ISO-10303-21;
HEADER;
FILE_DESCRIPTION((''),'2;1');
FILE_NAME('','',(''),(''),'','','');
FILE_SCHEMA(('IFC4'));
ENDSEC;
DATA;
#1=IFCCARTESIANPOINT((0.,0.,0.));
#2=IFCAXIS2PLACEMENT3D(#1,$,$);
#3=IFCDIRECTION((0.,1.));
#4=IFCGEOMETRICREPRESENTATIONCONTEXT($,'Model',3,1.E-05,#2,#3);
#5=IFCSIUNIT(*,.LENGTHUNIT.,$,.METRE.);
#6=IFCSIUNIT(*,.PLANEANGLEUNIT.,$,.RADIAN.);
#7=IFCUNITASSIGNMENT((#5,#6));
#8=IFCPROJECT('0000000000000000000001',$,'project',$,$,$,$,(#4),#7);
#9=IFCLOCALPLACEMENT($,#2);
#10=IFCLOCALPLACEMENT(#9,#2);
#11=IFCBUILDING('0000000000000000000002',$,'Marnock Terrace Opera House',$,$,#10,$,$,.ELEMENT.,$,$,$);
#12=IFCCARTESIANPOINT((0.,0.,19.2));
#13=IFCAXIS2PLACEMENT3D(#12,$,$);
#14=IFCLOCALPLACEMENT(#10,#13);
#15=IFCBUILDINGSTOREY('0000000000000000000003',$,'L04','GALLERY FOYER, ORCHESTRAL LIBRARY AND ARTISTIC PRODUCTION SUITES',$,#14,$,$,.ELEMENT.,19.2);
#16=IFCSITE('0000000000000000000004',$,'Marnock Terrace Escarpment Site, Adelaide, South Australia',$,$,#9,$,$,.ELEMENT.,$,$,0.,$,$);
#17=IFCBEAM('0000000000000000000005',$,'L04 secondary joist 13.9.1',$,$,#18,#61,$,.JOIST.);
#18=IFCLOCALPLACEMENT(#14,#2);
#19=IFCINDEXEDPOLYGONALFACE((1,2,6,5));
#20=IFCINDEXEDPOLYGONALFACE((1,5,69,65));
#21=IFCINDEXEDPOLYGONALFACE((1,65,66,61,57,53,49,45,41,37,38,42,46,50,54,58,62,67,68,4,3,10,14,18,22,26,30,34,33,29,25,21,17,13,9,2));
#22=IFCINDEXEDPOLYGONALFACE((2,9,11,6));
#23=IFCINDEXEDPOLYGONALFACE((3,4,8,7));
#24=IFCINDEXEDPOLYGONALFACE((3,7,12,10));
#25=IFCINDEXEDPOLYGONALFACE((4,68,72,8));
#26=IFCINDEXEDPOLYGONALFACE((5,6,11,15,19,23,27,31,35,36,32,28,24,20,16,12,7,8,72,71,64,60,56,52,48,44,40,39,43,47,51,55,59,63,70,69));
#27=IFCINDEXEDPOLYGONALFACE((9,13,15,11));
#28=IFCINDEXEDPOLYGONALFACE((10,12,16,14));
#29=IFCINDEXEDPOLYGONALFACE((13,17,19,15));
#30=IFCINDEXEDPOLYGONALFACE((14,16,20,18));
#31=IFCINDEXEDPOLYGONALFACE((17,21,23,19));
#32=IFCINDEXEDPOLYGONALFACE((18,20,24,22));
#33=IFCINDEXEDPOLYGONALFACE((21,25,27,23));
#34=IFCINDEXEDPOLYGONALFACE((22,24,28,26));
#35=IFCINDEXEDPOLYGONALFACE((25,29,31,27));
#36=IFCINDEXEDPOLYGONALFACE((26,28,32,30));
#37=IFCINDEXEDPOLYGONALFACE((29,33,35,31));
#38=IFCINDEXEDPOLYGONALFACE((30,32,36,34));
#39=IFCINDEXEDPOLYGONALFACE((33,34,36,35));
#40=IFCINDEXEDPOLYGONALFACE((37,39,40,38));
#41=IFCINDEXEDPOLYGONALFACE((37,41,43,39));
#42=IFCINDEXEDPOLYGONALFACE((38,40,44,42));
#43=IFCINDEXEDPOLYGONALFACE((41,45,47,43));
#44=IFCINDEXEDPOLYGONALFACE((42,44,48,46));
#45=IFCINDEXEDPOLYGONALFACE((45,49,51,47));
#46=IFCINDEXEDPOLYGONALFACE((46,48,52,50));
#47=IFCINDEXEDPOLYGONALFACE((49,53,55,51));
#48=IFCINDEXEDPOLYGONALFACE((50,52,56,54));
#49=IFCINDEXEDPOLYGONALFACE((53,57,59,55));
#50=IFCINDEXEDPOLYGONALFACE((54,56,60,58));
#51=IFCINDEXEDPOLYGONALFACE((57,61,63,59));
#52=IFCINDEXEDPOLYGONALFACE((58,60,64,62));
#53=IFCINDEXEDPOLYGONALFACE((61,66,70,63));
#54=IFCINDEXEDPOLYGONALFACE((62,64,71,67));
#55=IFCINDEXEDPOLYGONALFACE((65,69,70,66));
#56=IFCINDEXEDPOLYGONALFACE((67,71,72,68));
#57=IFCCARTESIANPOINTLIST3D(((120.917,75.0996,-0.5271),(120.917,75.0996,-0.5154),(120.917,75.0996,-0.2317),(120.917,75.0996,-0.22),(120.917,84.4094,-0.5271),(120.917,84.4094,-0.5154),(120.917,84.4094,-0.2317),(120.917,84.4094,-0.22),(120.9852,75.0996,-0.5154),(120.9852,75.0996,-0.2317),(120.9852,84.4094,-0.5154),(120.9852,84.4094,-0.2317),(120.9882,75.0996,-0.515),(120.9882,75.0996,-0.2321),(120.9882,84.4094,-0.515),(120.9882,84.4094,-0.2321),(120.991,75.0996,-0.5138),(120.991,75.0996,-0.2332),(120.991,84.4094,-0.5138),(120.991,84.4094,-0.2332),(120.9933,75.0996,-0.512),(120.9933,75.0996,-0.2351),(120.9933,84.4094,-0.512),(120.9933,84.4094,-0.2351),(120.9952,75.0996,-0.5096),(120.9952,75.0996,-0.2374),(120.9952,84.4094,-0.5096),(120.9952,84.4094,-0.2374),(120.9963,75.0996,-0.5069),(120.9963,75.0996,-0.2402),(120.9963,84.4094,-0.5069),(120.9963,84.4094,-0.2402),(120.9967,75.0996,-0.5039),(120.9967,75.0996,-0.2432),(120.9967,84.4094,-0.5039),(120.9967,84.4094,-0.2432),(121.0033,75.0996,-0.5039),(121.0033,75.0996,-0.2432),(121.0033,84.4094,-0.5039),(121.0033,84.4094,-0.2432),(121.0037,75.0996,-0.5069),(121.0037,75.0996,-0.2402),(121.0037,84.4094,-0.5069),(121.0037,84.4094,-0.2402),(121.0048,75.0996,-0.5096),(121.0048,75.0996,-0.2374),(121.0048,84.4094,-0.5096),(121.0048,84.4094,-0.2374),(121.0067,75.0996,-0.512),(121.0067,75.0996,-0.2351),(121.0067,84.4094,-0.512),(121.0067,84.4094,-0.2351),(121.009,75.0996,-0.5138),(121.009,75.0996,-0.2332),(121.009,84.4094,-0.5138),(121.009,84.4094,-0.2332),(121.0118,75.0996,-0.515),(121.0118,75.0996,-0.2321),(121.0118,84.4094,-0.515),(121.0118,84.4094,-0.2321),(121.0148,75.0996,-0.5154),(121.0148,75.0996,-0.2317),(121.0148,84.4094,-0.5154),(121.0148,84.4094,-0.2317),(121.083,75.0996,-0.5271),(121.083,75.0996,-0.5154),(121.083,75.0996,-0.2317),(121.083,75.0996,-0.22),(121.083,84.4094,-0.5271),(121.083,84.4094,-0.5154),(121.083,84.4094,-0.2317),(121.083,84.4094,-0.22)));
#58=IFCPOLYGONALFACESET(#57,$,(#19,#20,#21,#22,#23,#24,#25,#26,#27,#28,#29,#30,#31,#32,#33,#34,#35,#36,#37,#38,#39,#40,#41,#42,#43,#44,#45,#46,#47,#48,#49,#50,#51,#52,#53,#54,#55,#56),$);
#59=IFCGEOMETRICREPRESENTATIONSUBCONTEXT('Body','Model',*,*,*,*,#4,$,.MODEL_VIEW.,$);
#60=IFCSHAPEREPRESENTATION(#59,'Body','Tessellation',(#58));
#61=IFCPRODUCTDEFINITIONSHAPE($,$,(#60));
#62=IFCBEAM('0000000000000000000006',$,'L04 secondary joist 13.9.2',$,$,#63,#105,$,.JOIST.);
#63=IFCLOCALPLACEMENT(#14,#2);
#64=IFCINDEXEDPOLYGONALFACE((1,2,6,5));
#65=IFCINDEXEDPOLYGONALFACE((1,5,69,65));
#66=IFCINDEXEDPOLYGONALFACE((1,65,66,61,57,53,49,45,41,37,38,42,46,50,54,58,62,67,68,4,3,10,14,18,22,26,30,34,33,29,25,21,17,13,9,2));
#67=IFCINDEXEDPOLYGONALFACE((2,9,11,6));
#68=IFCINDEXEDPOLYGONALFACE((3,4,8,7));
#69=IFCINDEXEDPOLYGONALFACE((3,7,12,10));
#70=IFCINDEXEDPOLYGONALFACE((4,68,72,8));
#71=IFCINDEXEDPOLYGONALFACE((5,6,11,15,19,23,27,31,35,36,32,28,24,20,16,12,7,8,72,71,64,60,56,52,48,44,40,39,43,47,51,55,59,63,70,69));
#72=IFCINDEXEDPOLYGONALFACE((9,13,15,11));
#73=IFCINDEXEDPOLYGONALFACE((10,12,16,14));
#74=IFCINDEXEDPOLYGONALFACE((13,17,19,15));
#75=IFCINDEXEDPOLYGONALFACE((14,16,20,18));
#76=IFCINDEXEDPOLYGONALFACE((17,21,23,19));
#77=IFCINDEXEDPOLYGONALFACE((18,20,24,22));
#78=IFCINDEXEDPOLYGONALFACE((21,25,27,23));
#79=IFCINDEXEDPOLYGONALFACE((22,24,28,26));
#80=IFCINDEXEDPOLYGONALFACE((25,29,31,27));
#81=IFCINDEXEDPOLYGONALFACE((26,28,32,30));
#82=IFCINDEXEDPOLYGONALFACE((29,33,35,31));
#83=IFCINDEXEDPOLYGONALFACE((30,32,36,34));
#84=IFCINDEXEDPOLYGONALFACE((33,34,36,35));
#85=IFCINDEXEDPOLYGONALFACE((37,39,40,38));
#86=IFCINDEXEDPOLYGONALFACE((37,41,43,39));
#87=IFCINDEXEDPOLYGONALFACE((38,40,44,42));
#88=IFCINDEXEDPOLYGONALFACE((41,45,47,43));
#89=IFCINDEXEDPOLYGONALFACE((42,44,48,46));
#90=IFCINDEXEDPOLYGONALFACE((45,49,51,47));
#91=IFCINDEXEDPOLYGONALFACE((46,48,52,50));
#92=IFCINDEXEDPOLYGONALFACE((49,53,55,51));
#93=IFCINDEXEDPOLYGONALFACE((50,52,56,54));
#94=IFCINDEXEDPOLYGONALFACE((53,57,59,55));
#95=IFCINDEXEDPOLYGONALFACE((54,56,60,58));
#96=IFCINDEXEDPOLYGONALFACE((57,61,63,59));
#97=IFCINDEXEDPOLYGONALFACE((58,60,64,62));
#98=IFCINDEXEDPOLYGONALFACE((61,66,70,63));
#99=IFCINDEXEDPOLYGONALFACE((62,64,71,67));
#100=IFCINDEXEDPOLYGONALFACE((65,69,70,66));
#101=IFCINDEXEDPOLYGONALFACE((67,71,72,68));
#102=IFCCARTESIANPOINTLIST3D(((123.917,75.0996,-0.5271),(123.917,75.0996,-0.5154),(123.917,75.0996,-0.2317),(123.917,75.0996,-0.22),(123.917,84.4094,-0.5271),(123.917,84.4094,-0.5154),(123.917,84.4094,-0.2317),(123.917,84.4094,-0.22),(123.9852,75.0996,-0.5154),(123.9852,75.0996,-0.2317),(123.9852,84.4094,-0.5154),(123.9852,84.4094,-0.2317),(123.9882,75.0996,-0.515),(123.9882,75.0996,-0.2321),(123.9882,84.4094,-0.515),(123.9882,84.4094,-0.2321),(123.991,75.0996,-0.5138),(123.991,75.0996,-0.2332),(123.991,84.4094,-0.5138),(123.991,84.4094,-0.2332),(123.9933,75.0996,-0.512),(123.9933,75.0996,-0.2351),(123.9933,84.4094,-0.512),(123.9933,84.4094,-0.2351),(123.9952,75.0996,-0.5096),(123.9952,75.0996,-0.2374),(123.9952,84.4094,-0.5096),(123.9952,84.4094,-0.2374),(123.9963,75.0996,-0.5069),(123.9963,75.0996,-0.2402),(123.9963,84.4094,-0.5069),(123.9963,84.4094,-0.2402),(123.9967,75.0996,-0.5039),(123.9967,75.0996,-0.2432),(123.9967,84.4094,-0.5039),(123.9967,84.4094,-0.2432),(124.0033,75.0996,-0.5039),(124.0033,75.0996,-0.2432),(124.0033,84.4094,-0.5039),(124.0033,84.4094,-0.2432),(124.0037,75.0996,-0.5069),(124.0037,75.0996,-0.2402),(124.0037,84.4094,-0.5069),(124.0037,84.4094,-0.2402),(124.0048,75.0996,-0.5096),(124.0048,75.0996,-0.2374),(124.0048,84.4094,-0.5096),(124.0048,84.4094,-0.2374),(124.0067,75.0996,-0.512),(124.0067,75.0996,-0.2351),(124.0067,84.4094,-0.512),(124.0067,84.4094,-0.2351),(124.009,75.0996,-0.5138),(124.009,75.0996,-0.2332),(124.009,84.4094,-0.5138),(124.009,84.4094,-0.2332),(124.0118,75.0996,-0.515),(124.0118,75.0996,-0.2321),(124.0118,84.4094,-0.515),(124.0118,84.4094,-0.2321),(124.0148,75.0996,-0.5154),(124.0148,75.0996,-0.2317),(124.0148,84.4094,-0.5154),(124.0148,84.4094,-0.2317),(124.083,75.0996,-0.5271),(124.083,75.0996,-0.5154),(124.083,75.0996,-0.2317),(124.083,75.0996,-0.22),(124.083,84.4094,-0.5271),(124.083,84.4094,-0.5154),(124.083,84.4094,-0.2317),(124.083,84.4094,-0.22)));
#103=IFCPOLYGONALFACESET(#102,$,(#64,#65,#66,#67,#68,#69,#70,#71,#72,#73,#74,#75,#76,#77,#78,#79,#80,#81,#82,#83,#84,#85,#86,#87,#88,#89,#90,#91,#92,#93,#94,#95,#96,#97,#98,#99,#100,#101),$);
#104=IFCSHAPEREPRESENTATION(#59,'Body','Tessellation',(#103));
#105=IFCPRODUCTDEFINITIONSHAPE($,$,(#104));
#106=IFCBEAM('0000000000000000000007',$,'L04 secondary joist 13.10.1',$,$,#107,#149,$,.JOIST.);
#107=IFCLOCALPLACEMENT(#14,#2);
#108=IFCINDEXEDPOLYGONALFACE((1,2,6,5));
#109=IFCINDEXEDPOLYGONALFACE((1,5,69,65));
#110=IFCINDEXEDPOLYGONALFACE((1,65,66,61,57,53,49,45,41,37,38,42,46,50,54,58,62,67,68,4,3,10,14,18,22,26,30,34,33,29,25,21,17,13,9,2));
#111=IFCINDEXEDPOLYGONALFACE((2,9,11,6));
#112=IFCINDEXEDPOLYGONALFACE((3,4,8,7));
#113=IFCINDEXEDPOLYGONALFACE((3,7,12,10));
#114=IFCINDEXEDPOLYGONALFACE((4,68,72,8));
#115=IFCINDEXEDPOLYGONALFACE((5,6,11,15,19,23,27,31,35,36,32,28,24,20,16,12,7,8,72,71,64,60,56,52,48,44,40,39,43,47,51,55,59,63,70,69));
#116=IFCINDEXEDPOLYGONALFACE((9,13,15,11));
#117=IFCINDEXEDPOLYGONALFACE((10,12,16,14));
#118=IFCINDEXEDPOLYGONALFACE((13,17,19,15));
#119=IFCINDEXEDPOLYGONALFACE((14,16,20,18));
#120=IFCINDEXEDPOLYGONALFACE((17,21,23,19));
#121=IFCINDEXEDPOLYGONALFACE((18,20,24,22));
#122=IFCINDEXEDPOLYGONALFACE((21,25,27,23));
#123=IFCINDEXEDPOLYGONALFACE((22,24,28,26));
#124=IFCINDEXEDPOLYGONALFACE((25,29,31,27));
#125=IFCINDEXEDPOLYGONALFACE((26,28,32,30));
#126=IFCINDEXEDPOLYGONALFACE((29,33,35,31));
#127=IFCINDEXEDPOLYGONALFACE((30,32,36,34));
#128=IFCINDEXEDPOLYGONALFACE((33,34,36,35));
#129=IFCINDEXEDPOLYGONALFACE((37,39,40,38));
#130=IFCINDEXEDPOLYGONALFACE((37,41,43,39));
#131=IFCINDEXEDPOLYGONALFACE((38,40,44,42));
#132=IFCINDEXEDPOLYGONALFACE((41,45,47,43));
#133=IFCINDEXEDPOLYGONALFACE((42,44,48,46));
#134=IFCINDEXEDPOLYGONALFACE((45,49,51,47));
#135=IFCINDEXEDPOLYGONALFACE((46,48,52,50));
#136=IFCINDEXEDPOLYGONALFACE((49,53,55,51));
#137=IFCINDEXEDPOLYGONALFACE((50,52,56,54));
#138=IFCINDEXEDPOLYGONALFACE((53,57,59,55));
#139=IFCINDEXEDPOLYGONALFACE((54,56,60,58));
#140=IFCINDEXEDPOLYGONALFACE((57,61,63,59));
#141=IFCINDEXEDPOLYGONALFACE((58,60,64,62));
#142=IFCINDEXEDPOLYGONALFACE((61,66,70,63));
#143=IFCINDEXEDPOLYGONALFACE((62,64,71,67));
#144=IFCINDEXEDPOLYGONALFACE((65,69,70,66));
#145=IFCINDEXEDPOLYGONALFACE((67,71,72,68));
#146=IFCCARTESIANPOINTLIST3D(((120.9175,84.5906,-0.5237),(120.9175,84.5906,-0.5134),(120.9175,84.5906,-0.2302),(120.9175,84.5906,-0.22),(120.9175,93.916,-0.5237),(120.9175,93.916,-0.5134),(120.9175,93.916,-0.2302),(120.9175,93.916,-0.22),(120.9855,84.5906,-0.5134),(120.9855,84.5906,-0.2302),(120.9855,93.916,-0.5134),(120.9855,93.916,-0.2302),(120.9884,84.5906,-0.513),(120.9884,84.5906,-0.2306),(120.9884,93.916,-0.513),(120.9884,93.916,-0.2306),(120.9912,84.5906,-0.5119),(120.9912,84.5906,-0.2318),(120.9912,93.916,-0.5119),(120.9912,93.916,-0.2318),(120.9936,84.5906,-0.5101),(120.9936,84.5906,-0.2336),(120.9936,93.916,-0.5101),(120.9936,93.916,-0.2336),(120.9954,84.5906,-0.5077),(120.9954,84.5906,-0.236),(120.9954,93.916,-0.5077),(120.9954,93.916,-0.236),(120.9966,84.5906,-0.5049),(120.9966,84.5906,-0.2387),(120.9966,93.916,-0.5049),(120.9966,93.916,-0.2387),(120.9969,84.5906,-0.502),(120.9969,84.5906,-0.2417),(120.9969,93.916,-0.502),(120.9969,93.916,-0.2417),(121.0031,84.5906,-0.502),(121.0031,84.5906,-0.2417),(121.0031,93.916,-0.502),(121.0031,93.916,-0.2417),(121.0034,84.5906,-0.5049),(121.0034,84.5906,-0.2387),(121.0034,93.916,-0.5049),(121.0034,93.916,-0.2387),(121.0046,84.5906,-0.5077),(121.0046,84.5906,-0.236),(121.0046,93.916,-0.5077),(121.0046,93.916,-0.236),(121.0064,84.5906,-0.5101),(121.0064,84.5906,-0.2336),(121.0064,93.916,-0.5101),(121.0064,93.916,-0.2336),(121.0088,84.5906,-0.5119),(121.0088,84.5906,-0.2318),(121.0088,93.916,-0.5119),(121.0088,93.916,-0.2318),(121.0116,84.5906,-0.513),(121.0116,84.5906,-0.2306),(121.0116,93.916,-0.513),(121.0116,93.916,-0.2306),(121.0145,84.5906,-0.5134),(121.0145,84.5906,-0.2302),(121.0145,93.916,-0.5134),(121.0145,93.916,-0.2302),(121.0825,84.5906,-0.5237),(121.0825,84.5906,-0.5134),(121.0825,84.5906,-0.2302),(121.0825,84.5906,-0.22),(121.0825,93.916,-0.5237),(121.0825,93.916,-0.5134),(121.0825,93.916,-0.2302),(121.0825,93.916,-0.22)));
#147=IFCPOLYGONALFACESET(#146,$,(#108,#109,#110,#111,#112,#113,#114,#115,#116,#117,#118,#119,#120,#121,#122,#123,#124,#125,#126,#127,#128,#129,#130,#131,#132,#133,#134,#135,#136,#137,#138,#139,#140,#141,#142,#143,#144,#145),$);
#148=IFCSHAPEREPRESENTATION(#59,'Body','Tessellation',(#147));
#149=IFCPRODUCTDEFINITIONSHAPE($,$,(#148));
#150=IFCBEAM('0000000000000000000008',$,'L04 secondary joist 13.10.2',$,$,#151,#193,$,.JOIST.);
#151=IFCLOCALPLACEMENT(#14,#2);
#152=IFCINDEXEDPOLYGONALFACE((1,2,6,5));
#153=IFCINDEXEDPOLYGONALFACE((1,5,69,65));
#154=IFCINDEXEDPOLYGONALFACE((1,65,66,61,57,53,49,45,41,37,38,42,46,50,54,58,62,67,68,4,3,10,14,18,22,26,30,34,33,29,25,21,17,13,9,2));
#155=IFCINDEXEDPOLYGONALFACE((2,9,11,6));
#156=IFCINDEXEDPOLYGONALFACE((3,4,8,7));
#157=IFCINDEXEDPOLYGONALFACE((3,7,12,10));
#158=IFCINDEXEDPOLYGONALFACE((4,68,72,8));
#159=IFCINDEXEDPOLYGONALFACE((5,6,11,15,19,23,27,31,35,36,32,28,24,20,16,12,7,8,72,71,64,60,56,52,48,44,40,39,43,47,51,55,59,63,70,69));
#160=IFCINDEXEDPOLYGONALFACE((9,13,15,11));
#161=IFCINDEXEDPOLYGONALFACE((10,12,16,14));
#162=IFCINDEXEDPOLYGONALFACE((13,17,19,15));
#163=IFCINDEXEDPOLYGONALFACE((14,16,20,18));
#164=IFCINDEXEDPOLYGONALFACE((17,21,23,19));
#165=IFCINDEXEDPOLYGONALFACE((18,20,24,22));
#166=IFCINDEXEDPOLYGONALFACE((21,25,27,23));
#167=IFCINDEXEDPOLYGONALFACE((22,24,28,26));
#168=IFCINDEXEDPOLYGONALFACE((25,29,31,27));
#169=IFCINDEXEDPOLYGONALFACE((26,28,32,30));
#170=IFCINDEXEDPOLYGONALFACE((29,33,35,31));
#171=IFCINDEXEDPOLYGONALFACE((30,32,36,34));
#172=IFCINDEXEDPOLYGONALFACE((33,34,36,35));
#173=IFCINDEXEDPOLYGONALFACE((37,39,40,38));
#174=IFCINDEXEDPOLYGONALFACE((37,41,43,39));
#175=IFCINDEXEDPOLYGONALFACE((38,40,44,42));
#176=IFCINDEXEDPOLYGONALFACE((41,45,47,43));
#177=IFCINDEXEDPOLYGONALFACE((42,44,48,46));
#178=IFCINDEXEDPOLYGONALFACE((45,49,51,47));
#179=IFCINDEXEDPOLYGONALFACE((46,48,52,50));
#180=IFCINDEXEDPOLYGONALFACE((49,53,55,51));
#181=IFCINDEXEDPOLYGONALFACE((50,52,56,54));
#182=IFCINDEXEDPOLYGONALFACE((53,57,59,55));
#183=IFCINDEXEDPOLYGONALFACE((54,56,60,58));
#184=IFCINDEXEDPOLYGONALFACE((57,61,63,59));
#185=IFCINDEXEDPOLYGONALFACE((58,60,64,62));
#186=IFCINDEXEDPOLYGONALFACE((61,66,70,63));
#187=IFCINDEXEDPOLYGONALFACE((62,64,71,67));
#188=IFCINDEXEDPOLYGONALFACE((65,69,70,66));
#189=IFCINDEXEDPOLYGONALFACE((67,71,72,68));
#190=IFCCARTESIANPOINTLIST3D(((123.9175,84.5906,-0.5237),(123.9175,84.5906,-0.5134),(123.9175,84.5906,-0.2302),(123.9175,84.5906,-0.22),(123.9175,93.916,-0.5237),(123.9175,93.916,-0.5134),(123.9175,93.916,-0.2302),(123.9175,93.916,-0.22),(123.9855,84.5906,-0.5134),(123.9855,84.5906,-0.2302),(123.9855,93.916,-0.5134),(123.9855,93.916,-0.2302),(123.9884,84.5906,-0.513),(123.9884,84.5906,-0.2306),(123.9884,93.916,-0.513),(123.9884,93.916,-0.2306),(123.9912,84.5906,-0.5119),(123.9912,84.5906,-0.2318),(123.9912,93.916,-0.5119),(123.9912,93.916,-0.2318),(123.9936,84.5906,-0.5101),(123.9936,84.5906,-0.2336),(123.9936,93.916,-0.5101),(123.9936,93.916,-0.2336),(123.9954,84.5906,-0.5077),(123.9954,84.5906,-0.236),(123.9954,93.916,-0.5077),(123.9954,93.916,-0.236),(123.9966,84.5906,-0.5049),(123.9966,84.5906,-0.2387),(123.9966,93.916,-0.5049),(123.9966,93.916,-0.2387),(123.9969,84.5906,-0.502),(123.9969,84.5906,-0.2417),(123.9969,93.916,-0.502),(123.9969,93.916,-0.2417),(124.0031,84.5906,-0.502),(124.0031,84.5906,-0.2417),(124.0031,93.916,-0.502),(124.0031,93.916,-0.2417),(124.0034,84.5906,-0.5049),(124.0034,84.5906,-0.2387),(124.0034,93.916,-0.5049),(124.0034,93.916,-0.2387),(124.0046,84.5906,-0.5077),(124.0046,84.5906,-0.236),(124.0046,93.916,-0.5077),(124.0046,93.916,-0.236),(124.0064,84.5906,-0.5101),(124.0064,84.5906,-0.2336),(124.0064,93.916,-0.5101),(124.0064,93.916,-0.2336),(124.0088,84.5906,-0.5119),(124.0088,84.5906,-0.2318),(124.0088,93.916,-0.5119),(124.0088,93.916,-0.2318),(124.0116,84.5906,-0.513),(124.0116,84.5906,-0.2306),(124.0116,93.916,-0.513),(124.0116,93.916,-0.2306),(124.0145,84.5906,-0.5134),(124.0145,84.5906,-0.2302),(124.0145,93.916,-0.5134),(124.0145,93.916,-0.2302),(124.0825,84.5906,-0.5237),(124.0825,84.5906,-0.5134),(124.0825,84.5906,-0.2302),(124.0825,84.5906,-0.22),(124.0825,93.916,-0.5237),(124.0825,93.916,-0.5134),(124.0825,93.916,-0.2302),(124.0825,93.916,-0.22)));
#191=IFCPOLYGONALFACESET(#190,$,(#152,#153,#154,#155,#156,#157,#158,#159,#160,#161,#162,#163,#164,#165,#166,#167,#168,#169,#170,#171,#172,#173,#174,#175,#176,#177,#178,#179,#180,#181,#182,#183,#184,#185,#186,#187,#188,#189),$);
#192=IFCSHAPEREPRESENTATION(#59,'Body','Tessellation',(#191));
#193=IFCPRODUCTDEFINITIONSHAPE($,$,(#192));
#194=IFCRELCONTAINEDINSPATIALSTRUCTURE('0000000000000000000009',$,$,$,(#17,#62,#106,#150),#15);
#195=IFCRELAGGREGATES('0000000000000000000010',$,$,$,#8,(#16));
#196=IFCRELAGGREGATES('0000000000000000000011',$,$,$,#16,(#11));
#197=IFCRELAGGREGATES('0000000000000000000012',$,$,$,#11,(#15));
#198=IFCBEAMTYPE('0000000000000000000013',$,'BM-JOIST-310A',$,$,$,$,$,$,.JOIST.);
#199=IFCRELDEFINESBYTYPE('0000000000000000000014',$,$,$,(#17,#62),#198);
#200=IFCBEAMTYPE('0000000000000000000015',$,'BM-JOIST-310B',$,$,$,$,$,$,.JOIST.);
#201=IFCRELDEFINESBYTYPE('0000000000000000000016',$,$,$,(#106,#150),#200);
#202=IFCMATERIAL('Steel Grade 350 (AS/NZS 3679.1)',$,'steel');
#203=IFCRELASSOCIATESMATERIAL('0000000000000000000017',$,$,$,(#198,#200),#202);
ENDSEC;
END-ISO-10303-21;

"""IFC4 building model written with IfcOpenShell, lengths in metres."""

from ifc_helpers import new_model, si_unit, direction, frame, origin, origin_2d, place, context, subcontext, project, spatial, i_section, extrude, material, material_profile, profile_set, type_object, element, save


model = new_model("IFC4")

# Units and contexts
model_context = context("Model", 3, precision=1e-05, world=origin(), true_north=direction((0.0, 1.0)))
body_context = subcontext(model_context, "Body", "Model", "MODEL_VIEW")
ifc_project = project(units=[si_unit("LENGTHUNIT", "METRE"), si_unit("PLANEANGLEUNIT", "RADIAN")], contexts=[model_context])

# Site, building, storey
site_placement = place(None, origin())
site = spatial("IfcSite", under=ifc_project, at=site_placement, Name="Marnock Terrace Escarpment Site, Adelaide, South Australia", CompositionType="ELEMENT", RefElevation=0.0)
building_placement = place(site_placement, origin())
building = spatial("IfcBuilding", under=site, at=building_placement, Name="Marnock Terrace Opera House", CompositionType="ELEMENT")
storey_placement = place(building_placement, frame((0.0, 0.0, 19.2)))
storey = spatial("IfcBuildingStorey", under=building, at=storey_placement, Name="L04", Description="GALLERY FOYER, ORCHESTRAL LIBRARY AND ARTISTIC PRODUCTION SUITES", CompositionType="ELEMENT", Elevation=19.2)

# Beams
ifc_material_1 = material(Name="Steel Grade 350 (AS/NZS 3679.1)", Category="steel")
ifc_material_profile_1 = material_profile(ifc_material_1, i_section(OverallWidth=0.166, OverallDepth=0.3071, WebThickness=0.0066, FlangeThickness=0.0117, FilletRadius=0.0115, at=origin_2d()))
ifc_profile_set_1 = profile_set([ifc_material_profile_1], Name="Steel Grade 350 (AS/NZS 3679.1)")
beam_type_1 = type_object("IfcBeamType", Name="BM-JOIST-310A", PredefinedType="JOIST", material=ifc_profile_set_1)
for number, where, z_axis, x_axis, name in (
    (1, (121.0, 75.0996, -0.3735), (0.0, 1.0, 0.0), (-1.0, 0.0, 0.0), "L04 secondary joist 13.9.1"),
    (2, (124.0, 75.0996, -0.3735), (0.0, 1.0, 0.0), (-1.0, 0.0, 0.0), "L04 secondary joist 13.9.2"),
):
    element("IfcBeam", number, at=place(storey_placement, frame(where, z_axis=z_axis, x_axis=x_axis)), inside=storey, type_object=beam_type_1, Name=name, PredefinedType="JOIST", context=body_context, shape_type="SweptSolid", body=[
        extrude(i_section(OverallWidth=0.166, OverallDepth=0.3071, WebThickness=0.0066, FlangeThickness=0.0117, FilletRadius=0.0115, at=origin_2d()), origin(), (0.0, 0.0, 1.0), 9.3098),
    ])
ifc_material_profile_2 = material_profile(ifc_material_1, i_section(OverallWidth=0.165, OverallDepth=0.3037, WebThickness=0.0061, FlangeThickness=0.0103, FilletRadius=0.0115, at=origin_2d()))
ifc_profile_set_2 = profile_set([ifc_material_profile_2], Name="Steel Grade 350 (AS/NZS 3679.1)")
beam_type_2 = type_object("IfcBeamType", Name="BM-JOIST-310B", PredefinedType="JOIST", material=ifc_profile_set_2)
for number, where, z_axis, x_axis, name in (
    (3, (121.0, 84.5906, -0.3718), (0.0, 1.0, 0.0), (-1.0, 0.0, 0.0), "L04 secondary joist 13.10.1"),
    (4, (124.0, 84.5906, -0.3718), (0.0, 1.0, 0.0), (-1.0, 0.0, 0.0), "L04 secondary joist 13.10.2"),
):
    element("IfcBeam", number, at=place(storey_placement, frame(where, z_axis=z_axis, x_axis=x_axis)), inside=storey, type_object=beam_type_2, Name=name, PredefinedType="JOIST", context=body_context, shape_type="SweptSolid", body=[
        extrude(i_section(OverallWidth=0.165, OverallDepth=0.3037, WebThickness=0.0061, FlangeThickness=0.0103, FilletRadius=0.0115, at=origin_2d()), origin(), (0.0, 0.0, 1.0), 9.3254),
    ])

save(model, "model.ifc")
